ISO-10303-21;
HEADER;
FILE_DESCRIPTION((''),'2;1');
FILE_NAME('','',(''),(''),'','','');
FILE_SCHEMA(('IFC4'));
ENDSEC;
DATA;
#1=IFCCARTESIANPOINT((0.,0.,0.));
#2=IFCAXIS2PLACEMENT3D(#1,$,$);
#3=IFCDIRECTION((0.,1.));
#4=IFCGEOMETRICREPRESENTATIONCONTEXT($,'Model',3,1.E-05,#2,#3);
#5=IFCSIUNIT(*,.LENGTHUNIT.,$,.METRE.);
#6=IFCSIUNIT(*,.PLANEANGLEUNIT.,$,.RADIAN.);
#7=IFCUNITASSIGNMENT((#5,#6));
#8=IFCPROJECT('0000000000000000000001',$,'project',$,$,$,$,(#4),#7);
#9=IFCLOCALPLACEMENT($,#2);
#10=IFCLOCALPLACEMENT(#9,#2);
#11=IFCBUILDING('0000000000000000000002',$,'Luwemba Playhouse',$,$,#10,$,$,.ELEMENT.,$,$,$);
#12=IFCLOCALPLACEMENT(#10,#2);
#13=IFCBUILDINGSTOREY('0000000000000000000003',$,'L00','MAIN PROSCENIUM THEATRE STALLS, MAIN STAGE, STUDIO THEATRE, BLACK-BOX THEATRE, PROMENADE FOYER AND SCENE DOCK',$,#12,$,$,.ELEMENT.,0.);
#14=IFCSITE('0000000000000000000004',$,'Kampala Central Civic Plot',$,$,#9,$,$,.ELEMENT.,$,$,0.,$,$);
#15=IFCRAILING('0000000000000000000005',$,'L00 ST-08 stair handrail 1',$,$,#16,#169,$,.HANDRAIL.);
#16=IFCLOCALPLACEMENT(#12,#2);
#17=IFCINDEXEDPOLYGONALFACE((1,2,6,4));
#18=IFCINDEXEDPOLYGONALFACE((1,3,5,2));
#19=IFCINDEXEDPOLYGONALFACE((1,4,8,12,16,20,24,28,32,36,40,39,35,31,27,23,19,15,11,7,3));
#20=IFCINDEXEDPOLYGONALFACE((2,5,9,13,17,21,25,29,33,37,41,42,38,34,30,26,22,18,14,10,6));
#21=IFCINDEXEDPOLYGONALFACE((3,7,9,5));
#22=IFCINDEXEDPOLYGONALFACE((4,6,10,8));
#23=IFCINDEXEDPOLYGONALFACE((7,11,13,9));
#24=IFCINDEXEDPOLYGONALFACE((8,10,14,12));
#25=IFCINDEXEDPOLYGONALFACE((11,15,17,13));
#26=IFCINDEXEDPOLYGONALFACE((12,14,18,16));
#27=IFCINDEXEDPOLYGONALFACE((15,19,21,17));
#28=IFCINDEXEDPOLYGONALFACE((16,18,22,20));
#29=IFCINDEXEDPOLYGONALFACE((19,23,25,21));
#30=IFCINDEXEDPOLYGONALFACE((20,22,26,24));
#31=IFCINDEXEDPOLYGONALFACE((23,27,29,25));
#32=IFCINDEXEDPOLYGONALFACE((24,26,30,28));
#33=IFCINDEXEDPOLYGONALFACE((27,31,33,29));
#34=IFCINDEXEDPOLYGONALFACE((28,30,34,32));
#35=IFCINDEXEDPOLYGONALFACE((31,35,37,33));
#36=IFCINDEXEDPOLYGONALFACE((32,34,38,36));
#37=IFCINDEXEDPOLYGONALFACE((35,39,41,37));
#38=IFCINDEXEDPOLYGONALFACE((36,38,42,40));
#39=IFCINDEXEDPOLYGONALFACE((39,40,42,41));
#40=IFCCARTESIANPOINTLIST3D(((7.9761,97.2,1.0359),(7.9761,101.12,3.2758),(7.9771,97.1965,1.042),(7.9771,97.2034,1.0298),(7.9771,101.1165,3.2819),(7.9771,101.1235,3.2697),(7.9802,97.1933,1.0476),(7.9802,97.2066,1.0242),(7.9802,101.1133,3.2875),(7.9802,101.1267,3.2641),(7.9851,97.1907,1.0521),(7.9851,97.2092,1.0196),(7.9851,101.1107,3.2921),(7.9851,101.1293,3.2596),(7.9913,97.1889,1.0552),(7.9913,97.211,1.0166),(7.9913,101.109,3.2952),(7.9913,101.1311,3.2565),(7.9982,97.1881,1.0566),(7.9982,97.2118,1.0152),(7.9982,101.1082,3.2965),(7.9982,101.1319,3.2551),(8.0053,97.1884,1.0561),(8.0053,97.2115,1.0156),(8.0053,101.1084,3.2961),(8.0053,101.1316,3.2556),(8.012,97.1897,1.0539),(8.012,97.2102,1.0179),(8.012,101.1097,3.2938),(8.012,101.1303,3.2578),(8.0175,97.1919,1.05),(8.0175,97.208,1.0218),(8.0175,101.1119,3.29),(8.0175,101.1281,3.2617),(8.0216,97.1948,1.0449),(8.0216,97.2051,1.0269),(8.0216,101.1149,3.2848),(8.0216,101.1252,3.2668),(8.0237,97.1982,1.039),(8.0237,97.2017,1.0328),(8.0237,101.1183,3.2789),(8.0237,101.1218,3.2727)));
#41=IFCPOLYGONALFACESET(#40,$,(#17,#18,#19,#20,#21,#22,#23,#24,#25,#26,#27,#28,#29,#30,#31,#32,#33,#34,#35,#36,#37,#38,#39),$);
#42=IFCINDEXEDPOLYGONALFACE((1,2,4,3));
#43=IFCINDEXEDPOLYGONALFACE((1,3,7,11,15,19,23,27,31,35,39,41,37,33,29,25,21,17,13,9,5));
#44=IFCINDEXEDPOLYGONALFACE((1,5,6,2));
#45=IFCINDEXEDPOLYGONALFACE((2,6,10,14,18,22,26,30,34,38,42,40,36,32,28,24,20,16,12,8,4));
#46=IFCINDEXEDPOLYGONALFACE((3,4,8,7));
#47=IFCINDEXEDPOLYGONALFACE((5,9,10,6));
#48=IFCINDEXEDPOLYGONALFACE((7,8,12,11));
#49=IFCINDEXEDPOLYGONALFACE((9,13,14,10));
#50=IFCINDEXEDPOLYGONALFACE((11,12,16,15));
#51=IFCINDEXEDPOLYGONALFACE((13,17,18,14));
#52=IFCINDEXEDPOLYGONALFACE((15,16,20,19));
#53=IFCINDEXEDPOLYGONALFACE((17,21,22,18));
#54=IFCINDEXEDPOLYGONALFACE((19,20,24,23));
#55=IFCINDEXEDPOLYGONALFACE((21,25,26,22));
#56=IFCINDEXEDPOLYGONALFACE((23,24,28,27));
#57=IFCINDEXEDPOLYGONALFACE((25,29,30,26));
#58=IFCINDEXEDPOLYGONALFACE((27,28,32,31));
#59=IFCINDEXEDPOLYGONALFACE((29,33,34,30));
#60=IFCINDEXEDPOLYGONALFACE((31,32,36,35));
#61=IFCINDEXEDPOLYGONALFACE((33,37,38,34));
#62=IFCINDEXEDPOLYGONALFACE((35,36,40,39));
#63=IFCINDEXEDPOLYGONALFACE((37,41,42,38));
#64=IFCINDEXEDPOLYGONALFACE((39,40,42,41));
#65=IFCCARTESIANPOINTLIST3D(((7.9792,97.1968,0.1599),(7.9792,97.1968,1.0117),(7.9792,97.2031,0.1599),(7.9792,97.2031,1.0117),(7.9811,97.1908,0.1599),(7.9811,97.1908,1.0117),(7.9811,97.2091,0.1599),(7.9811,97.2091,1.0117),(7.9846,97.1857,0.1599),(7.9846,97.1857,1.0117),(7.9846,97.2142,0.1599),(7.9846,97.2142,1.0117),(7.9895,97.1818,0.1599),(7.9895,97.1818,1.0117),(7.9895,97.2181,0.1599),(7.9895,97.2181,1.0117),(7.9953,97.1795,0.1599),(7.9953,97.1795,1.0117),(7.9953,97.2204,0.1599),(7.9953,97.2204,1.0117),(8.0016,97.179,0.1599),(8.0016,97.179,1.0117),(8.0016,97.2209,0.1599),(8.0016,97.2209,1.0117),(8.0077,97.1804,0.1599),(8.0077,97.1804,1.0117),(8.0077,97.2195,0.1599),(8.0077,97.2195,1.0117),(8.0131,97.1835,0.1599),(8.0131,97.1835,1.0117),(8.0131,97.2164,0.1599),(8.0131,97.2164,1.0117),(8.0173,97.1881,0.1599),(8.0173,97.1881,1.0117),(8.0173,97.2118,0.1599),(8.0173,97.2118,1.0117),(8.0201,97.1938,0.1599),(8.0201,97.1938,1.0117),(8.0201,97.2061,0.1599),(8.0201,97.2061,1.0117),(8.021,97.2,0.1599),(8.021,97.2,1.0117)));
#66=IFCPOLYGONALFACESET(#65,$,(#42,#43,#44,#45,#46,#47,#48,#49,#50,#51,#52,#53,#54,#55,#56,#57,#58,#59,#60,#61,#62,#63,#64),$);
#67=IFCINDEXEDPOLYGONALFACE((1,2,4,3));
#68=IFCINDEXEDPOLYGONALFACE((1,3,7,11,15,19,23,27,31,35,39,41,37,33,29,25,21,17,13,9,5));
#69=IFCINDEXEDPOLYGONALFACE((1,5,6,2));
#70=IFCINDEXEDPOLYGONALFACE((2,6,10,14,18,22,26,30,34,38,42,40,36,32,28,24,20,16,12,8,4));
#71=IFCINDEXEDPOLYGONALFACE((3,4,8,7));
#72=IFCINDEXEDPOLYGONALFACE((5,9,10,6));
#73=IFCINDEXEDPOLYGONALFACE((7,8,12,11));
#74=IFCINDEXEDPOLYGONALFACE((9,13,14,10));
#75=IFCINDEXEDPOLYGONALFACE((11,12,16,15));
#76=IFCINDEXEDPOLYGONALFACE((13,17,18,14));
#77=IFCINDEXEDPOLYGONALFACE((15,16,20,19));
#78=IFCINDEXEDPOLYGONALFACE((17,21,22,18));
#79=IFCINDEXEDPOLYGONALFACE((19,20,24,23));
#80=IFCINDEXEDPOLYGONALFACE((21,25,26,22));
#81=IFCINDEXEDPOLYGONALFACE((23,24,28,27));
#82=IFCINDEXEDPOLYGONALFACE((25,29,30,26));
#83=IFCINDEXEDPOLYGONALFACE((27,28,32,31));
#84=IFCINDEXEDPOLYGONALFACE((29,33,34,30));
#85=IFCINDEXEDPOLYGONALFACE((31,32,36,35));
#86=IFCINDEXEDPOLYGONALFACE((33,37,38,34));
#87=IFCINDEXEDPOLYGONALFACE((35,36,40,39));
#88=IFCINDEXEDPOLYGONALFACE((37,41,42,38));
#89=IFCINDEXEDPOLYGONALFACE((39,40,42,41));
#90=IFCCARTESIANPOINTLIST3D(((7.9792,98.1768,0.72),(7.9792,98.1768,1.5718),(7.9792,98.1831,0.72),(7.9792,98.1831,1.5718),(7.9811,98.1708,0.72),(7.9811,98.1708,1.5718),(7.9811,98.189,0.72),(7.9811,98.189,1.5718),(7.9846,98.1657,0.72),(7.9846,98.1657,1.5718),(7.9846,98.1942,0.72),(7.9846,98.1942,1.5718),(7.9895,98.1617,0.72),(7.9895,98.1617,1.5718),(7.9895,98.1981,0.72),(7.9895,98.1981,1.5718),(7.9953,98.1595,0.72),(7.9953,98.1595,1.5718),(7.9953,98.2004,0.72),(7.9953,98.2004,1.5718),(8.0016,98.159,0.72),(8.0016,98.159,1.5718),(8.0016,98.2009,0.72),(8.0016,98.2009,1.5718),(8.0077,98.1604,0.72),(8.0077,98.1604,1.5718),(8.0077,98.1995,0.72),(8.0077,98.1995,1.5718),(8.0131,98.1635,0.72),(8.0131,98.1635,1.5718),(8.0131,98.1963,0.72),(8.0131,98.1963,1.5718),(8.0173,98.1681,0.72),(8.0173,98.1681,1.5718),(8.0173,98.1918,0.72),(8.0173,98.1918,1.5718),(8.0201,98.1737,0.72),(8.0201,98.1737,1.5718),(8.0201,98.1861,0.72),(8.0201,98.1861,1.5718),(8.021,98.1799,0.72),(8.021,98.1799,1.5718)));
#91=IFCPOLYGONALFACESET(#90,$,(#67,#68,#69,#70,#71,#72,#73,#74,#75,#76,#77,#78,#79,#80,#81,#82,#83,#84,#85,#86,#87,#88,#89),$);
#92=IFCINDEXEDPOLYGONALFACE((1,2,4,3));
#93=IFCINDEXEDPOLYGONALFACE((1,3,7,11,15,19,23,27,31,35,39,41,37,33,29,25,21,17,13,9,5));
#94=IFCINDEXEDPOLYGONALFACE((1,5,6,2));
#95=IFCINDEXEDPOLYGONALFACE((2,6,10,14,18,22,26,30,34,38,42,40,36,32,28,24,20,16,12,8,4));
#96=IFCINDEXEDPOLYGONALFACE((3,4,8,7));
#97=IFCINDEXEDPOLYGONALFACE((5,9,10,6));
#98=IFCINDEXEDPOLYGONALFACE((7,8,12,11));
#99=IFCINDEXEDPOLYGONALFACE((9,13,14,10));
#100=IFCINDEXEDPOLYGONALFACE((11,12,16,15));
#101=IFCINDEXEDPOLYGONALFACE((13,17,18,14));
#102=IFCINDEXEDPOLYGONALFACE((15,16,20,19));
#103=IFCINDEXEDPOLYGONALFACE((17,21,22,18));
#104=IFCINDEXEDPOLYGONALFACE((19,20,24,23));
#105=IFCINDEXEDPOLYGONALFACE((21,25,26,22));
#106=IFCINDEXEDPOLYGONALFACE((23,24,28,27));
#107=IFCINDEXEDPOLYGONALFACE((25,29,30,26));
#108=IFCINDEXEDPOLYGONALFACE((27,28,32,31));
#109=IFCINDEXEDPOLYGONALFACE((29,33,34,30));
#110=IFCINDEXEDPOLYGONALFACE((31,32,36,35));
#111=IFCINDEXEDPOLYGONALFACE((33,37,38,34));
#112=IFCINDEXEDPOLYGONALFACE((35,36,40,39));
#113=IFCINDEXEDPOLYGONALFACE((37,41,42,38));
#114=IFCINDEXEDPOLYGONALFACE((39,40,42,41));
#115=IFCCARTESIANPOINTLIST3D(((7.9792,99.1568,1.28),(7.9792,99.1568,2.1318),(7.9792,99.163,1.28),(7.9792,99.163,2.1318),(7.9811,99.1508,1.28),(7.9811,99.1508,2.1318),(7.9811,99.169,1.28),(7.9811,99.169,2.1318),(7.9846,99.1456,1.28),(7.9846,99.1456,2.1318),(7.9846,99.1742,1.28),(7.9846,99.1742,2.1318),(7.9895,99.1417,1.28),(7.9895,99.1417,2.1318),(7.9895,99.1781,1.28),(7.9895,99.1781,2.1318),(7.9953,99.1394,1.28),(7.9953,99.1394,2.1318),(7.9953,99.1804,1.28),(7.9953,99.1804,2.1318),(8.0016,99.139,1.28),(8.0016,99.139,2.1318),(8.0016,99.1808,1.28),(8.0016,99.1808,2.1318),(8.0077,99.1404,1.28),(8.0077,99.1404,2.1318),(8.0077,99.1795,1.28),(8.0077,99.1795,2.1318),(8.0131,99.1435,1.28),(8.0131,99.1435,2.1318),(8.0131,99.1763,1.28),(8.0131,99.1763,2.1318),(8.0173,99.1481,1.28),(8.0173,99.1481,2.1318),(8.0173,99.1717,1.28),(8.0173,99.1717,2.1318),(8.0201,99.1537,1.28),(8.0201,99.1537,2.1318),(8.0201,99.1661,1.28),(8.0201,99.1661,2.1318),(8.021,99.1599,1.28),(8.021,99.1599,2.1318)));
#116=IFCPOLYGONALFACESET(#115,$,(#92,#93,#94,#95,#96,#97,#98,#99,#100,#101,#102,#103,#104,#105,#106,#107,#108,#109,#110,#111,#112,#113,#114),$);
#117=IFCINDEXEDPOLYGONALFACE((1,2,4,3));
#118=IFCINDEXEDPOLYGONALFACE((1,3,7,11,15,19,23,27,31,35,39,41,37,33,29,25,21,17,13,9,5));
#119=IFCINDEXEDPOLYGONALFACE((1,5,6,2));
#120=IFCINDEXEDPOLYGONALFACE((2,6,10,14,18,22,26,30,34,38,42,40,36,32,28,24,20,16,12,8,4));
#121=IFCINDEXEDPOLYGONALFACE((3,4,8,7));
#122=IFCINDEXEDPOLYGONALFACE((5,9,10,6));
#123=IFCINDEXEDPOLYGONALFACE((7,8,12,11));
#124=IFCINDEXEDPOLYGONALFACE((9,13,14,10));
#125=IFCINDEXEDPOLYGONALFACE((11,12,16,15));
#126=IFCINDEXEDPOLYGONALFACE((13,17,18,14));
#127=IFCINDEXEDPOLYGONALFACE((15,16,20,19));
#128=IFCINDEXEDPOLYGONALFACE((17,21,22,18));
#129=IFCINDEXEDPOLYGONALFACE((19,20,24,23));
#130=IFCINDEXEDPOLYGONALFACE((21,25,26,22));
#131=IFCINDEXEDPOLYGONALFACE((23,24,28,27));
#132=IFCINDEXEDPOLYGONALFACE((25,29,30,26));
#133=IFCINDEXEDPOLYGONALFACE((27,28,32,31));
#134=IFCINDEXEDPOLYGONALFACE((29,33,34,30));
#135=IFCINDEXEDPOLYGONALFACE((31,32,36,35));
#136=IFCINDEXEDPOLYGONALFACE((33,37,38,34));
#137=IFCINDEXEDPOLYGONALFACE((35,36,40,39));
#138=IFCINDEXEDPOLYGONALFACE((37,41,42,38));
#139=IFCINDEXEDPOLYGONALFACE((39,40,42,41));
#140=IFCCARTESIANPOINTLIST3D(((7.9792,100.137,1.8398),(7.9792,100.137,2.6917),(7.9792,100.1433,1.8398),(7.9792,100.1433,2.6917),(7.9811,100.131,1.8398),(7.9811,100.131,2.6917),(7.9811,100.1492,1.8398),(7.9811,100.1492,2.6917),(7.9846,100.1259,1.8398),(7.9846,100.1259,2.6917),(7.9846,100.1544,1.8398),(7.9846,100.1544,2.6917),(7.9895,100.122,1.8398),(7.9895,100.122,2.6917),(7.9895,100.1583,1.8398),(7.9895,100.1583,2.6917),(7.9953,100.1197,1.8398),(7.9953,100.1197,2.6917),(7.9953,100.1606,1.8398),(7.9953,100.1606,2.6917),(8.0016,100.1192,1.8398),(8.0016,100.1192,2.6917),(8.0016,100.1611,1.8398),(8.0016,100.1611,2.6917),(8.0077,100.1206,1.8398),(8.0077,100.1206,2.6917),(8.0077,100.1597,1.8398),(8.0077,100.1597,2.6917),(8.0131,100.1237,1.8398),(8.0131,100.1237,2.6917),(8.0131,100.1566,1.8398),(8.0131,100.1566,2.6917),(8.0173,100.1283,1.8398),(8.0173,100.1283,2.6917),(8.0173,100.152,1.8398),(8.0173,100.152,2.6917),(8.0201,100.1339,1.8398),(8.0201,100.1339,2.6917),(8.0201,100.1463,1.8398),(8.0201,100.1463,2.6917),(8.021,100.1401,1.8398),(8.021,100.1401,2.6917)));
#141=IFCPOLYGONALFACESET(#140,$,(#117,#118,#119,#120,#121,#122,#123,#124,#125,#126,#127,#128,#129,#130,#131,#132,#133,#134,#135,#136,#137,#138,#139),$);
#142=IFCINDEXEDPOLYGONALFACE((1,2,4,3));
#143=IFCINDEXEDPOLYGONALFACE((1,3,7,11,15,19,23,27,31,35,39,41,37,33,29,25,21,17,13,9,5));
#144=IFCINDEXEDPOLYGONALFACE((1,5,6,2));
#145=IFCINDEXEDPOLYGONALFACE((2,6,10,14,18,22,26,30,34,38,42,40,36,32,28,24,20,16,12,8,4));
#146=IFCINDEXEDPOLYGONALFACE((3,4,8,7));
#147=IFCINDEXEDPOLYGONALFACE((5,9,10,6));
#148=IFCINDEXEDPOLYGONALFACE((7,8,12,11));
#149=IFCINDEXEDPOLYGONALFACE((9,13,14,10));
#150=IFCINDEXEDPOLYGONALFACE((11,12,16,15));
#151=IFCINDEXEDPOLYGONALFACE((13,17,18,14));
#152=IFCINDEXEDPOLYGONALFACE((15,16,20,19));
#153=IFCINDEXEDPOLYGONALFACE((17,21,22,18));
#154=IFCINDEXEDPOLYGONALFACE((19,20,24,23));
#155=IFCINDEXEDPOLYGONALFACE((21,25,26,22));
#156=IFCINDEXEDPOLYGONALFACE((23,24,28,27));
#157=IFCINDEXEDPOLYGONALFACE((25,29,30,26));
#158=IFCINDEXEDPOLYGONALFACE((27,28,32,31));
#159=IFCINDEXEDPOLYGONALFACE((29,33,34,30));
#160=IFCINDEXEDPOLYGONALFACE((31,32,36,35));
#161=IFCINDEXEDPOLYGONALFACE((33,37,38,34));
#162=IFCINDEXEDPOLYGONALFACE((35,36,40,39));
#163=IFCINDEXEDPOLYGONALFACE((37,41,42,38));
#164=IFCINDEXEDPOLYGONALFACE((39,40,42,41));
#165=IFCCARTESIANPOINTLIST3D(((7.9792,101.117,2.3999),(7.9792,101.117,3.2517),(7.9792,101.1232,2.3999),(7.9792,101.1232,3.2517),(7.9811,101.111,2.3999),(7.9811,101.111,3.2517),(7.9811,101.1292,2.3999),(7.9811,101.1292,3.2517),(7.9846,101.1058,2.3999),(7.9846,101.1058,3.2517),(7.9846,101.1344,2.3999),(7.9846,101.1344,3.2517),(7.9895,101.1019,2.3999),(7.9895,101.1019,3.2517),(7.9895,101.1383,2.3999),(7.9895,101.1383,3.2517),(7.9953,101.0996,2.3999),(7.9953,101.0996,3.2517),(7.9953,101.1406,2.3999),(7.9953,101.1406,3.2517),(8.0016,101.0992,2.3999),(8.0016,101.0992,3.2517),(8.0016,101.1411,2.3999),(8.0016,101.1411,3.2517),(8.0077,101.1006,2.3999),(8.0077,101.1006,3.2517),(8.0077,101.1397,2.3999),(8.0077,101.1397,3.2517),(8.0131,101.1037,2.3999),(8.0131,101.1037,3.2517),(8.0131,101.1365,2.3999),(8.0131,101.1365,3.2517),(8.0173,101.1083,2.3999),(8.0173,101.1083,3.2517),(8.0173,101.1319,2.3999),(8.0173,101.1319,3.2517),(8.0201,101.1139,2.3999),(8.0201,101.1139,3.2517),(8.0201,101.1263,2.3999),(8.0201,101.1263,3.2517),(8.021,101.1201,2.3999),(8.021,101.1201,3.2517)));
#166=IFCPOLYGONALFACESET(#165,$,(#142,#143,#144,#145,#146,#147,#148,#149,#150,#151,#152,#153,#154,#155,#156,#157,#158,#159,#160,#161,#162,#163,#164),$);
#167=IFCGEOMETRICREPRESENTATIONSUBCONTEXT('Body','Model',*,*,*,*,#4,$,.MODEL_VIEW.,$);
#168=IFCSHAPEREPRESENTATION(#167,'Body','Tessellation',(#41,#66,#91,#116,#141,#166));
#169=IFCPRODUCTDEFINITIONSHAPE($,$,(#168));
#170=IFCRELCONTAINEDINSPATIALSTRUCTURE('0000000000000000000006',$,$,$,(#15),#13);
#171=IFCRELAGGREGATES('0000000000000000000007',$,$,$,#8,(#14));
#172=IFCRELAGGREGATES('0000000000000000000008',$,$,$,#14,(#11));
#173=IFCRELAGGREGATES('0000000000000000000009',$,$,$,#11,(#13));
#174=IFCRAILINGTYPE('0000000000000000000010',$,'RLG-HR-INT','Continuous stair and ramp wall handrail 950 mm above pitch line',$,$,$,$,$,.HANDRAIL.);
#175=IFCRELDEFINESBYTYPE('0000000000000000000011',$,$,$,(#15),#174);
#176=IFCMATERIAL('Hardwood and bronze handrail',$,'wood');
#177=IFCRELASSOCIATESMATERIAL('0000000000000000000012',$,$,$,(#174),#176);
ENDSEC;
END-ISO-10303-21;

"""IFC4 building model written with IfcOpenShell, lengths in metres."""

from ifc_helpers import new_model, si_unit, direction, frame, origin, origin_2d, place, context, subcontext, project, spatial, circle, extrude, material, type_object, element, save


model = new_model("IFC4")

# Units and contexts
model_context = context("Model", 3, precision=1e-05, world=origin(), true_north=direction((0.0, 1.0)))
body_context = subcontext(model_context, "Body", "Model", "MODEL_VIEW")
ifc_project = project(units=[si_unit("LENGTHUNIT", "METRE"), si_unit("PLANEANGLEUNIT", "RADIAN")], contexts=[model_context])

# Site, building, storey
site_placement = place(None, origin())
site = spatial("IfcSite", under=ifc_project, at=site_placement, Name="Kampala Central Civic Plot", CompositionType="ELEMENT", RefElevation=0.0)
building_placement = place(site_placement, origin())
building = spatial("IfcBuilding", under=site, at=building_placement, Name="Luwemba Playhouse", CompositionType="ELEMENT")
storey_placement = place(building_placement, origin())
storey = spatial("IfcBuildingStorey", under=building, at=storey_placement, Name="L00", Description="MAIN PROSCENIUM THEATRE STALLS, MAIN STAGE, STUDIO THEATRE, BLACK-BOX THEATRE, PROMENADE FOYER AND SCENE DOCK", CompositionType="ELEMENT", Elevation=0.0)

# Railing
ifc_material_1 = material(Name="Hardwood and bronze handrail", Category="wood")
railing_type_1 = type_object("IfcRailingType", Name="RLG-HR-INT", Description="Continuous stair and ramp wall handrail 950 mm above pitch line", PredefinedType="HANDRAIL", material=ifc_material_1)
railing_1_placement = place(storey_placement, frame((8.0, 97.2, 0.1599)))
element("IfcRailing", 1, at=railing_1_placement, inside=storey, type_object=railing_type_1, Name="L00 ST-08 stair handrail 1", PredefinedType="HANDRAIL", context=body_context, shape_type="SweptSolid", body=[
    extrude(circle(Radius=0.0239, at=origin_2d()), frame((0.0, 0.0, 0.876), z_axis=(0.0, 0.868253, 0.496121), x_axis=(-1.0, 0.0, 0.0)), (0.0, 0.0, 1.0), 4.5149),
    extrude(circle(Radius=0.021, at=origin_2d()), origin(), (0.0, 0.0, 1.0), 0.8518),
    extrude(circle(Radius=0.021, at=origin_2d()), frame((0.0, 0.98, 0.5601)), (0.0, 0.0, 1.0), 0.8518),
    extrude(circle(Radius=0.021, at=origin_2d()), frame((0.0, 1.96, 1.1201)), (0.0, 0.0, 1.0), 0.8518),
    extrude(circle(Radius=0.021, at=origin_2d()), frame((0.0, 2.9402, 1.6799)), (0.0, 0.0, 1.0), 0.8518),
    extrude(circle(Radius=0.021, at=origin_2d()), frame((0.0, 3.9202, 2.24)), (0.0, 0.0, 1.0), 0.8518),
])

save(model, "model.ifc")
